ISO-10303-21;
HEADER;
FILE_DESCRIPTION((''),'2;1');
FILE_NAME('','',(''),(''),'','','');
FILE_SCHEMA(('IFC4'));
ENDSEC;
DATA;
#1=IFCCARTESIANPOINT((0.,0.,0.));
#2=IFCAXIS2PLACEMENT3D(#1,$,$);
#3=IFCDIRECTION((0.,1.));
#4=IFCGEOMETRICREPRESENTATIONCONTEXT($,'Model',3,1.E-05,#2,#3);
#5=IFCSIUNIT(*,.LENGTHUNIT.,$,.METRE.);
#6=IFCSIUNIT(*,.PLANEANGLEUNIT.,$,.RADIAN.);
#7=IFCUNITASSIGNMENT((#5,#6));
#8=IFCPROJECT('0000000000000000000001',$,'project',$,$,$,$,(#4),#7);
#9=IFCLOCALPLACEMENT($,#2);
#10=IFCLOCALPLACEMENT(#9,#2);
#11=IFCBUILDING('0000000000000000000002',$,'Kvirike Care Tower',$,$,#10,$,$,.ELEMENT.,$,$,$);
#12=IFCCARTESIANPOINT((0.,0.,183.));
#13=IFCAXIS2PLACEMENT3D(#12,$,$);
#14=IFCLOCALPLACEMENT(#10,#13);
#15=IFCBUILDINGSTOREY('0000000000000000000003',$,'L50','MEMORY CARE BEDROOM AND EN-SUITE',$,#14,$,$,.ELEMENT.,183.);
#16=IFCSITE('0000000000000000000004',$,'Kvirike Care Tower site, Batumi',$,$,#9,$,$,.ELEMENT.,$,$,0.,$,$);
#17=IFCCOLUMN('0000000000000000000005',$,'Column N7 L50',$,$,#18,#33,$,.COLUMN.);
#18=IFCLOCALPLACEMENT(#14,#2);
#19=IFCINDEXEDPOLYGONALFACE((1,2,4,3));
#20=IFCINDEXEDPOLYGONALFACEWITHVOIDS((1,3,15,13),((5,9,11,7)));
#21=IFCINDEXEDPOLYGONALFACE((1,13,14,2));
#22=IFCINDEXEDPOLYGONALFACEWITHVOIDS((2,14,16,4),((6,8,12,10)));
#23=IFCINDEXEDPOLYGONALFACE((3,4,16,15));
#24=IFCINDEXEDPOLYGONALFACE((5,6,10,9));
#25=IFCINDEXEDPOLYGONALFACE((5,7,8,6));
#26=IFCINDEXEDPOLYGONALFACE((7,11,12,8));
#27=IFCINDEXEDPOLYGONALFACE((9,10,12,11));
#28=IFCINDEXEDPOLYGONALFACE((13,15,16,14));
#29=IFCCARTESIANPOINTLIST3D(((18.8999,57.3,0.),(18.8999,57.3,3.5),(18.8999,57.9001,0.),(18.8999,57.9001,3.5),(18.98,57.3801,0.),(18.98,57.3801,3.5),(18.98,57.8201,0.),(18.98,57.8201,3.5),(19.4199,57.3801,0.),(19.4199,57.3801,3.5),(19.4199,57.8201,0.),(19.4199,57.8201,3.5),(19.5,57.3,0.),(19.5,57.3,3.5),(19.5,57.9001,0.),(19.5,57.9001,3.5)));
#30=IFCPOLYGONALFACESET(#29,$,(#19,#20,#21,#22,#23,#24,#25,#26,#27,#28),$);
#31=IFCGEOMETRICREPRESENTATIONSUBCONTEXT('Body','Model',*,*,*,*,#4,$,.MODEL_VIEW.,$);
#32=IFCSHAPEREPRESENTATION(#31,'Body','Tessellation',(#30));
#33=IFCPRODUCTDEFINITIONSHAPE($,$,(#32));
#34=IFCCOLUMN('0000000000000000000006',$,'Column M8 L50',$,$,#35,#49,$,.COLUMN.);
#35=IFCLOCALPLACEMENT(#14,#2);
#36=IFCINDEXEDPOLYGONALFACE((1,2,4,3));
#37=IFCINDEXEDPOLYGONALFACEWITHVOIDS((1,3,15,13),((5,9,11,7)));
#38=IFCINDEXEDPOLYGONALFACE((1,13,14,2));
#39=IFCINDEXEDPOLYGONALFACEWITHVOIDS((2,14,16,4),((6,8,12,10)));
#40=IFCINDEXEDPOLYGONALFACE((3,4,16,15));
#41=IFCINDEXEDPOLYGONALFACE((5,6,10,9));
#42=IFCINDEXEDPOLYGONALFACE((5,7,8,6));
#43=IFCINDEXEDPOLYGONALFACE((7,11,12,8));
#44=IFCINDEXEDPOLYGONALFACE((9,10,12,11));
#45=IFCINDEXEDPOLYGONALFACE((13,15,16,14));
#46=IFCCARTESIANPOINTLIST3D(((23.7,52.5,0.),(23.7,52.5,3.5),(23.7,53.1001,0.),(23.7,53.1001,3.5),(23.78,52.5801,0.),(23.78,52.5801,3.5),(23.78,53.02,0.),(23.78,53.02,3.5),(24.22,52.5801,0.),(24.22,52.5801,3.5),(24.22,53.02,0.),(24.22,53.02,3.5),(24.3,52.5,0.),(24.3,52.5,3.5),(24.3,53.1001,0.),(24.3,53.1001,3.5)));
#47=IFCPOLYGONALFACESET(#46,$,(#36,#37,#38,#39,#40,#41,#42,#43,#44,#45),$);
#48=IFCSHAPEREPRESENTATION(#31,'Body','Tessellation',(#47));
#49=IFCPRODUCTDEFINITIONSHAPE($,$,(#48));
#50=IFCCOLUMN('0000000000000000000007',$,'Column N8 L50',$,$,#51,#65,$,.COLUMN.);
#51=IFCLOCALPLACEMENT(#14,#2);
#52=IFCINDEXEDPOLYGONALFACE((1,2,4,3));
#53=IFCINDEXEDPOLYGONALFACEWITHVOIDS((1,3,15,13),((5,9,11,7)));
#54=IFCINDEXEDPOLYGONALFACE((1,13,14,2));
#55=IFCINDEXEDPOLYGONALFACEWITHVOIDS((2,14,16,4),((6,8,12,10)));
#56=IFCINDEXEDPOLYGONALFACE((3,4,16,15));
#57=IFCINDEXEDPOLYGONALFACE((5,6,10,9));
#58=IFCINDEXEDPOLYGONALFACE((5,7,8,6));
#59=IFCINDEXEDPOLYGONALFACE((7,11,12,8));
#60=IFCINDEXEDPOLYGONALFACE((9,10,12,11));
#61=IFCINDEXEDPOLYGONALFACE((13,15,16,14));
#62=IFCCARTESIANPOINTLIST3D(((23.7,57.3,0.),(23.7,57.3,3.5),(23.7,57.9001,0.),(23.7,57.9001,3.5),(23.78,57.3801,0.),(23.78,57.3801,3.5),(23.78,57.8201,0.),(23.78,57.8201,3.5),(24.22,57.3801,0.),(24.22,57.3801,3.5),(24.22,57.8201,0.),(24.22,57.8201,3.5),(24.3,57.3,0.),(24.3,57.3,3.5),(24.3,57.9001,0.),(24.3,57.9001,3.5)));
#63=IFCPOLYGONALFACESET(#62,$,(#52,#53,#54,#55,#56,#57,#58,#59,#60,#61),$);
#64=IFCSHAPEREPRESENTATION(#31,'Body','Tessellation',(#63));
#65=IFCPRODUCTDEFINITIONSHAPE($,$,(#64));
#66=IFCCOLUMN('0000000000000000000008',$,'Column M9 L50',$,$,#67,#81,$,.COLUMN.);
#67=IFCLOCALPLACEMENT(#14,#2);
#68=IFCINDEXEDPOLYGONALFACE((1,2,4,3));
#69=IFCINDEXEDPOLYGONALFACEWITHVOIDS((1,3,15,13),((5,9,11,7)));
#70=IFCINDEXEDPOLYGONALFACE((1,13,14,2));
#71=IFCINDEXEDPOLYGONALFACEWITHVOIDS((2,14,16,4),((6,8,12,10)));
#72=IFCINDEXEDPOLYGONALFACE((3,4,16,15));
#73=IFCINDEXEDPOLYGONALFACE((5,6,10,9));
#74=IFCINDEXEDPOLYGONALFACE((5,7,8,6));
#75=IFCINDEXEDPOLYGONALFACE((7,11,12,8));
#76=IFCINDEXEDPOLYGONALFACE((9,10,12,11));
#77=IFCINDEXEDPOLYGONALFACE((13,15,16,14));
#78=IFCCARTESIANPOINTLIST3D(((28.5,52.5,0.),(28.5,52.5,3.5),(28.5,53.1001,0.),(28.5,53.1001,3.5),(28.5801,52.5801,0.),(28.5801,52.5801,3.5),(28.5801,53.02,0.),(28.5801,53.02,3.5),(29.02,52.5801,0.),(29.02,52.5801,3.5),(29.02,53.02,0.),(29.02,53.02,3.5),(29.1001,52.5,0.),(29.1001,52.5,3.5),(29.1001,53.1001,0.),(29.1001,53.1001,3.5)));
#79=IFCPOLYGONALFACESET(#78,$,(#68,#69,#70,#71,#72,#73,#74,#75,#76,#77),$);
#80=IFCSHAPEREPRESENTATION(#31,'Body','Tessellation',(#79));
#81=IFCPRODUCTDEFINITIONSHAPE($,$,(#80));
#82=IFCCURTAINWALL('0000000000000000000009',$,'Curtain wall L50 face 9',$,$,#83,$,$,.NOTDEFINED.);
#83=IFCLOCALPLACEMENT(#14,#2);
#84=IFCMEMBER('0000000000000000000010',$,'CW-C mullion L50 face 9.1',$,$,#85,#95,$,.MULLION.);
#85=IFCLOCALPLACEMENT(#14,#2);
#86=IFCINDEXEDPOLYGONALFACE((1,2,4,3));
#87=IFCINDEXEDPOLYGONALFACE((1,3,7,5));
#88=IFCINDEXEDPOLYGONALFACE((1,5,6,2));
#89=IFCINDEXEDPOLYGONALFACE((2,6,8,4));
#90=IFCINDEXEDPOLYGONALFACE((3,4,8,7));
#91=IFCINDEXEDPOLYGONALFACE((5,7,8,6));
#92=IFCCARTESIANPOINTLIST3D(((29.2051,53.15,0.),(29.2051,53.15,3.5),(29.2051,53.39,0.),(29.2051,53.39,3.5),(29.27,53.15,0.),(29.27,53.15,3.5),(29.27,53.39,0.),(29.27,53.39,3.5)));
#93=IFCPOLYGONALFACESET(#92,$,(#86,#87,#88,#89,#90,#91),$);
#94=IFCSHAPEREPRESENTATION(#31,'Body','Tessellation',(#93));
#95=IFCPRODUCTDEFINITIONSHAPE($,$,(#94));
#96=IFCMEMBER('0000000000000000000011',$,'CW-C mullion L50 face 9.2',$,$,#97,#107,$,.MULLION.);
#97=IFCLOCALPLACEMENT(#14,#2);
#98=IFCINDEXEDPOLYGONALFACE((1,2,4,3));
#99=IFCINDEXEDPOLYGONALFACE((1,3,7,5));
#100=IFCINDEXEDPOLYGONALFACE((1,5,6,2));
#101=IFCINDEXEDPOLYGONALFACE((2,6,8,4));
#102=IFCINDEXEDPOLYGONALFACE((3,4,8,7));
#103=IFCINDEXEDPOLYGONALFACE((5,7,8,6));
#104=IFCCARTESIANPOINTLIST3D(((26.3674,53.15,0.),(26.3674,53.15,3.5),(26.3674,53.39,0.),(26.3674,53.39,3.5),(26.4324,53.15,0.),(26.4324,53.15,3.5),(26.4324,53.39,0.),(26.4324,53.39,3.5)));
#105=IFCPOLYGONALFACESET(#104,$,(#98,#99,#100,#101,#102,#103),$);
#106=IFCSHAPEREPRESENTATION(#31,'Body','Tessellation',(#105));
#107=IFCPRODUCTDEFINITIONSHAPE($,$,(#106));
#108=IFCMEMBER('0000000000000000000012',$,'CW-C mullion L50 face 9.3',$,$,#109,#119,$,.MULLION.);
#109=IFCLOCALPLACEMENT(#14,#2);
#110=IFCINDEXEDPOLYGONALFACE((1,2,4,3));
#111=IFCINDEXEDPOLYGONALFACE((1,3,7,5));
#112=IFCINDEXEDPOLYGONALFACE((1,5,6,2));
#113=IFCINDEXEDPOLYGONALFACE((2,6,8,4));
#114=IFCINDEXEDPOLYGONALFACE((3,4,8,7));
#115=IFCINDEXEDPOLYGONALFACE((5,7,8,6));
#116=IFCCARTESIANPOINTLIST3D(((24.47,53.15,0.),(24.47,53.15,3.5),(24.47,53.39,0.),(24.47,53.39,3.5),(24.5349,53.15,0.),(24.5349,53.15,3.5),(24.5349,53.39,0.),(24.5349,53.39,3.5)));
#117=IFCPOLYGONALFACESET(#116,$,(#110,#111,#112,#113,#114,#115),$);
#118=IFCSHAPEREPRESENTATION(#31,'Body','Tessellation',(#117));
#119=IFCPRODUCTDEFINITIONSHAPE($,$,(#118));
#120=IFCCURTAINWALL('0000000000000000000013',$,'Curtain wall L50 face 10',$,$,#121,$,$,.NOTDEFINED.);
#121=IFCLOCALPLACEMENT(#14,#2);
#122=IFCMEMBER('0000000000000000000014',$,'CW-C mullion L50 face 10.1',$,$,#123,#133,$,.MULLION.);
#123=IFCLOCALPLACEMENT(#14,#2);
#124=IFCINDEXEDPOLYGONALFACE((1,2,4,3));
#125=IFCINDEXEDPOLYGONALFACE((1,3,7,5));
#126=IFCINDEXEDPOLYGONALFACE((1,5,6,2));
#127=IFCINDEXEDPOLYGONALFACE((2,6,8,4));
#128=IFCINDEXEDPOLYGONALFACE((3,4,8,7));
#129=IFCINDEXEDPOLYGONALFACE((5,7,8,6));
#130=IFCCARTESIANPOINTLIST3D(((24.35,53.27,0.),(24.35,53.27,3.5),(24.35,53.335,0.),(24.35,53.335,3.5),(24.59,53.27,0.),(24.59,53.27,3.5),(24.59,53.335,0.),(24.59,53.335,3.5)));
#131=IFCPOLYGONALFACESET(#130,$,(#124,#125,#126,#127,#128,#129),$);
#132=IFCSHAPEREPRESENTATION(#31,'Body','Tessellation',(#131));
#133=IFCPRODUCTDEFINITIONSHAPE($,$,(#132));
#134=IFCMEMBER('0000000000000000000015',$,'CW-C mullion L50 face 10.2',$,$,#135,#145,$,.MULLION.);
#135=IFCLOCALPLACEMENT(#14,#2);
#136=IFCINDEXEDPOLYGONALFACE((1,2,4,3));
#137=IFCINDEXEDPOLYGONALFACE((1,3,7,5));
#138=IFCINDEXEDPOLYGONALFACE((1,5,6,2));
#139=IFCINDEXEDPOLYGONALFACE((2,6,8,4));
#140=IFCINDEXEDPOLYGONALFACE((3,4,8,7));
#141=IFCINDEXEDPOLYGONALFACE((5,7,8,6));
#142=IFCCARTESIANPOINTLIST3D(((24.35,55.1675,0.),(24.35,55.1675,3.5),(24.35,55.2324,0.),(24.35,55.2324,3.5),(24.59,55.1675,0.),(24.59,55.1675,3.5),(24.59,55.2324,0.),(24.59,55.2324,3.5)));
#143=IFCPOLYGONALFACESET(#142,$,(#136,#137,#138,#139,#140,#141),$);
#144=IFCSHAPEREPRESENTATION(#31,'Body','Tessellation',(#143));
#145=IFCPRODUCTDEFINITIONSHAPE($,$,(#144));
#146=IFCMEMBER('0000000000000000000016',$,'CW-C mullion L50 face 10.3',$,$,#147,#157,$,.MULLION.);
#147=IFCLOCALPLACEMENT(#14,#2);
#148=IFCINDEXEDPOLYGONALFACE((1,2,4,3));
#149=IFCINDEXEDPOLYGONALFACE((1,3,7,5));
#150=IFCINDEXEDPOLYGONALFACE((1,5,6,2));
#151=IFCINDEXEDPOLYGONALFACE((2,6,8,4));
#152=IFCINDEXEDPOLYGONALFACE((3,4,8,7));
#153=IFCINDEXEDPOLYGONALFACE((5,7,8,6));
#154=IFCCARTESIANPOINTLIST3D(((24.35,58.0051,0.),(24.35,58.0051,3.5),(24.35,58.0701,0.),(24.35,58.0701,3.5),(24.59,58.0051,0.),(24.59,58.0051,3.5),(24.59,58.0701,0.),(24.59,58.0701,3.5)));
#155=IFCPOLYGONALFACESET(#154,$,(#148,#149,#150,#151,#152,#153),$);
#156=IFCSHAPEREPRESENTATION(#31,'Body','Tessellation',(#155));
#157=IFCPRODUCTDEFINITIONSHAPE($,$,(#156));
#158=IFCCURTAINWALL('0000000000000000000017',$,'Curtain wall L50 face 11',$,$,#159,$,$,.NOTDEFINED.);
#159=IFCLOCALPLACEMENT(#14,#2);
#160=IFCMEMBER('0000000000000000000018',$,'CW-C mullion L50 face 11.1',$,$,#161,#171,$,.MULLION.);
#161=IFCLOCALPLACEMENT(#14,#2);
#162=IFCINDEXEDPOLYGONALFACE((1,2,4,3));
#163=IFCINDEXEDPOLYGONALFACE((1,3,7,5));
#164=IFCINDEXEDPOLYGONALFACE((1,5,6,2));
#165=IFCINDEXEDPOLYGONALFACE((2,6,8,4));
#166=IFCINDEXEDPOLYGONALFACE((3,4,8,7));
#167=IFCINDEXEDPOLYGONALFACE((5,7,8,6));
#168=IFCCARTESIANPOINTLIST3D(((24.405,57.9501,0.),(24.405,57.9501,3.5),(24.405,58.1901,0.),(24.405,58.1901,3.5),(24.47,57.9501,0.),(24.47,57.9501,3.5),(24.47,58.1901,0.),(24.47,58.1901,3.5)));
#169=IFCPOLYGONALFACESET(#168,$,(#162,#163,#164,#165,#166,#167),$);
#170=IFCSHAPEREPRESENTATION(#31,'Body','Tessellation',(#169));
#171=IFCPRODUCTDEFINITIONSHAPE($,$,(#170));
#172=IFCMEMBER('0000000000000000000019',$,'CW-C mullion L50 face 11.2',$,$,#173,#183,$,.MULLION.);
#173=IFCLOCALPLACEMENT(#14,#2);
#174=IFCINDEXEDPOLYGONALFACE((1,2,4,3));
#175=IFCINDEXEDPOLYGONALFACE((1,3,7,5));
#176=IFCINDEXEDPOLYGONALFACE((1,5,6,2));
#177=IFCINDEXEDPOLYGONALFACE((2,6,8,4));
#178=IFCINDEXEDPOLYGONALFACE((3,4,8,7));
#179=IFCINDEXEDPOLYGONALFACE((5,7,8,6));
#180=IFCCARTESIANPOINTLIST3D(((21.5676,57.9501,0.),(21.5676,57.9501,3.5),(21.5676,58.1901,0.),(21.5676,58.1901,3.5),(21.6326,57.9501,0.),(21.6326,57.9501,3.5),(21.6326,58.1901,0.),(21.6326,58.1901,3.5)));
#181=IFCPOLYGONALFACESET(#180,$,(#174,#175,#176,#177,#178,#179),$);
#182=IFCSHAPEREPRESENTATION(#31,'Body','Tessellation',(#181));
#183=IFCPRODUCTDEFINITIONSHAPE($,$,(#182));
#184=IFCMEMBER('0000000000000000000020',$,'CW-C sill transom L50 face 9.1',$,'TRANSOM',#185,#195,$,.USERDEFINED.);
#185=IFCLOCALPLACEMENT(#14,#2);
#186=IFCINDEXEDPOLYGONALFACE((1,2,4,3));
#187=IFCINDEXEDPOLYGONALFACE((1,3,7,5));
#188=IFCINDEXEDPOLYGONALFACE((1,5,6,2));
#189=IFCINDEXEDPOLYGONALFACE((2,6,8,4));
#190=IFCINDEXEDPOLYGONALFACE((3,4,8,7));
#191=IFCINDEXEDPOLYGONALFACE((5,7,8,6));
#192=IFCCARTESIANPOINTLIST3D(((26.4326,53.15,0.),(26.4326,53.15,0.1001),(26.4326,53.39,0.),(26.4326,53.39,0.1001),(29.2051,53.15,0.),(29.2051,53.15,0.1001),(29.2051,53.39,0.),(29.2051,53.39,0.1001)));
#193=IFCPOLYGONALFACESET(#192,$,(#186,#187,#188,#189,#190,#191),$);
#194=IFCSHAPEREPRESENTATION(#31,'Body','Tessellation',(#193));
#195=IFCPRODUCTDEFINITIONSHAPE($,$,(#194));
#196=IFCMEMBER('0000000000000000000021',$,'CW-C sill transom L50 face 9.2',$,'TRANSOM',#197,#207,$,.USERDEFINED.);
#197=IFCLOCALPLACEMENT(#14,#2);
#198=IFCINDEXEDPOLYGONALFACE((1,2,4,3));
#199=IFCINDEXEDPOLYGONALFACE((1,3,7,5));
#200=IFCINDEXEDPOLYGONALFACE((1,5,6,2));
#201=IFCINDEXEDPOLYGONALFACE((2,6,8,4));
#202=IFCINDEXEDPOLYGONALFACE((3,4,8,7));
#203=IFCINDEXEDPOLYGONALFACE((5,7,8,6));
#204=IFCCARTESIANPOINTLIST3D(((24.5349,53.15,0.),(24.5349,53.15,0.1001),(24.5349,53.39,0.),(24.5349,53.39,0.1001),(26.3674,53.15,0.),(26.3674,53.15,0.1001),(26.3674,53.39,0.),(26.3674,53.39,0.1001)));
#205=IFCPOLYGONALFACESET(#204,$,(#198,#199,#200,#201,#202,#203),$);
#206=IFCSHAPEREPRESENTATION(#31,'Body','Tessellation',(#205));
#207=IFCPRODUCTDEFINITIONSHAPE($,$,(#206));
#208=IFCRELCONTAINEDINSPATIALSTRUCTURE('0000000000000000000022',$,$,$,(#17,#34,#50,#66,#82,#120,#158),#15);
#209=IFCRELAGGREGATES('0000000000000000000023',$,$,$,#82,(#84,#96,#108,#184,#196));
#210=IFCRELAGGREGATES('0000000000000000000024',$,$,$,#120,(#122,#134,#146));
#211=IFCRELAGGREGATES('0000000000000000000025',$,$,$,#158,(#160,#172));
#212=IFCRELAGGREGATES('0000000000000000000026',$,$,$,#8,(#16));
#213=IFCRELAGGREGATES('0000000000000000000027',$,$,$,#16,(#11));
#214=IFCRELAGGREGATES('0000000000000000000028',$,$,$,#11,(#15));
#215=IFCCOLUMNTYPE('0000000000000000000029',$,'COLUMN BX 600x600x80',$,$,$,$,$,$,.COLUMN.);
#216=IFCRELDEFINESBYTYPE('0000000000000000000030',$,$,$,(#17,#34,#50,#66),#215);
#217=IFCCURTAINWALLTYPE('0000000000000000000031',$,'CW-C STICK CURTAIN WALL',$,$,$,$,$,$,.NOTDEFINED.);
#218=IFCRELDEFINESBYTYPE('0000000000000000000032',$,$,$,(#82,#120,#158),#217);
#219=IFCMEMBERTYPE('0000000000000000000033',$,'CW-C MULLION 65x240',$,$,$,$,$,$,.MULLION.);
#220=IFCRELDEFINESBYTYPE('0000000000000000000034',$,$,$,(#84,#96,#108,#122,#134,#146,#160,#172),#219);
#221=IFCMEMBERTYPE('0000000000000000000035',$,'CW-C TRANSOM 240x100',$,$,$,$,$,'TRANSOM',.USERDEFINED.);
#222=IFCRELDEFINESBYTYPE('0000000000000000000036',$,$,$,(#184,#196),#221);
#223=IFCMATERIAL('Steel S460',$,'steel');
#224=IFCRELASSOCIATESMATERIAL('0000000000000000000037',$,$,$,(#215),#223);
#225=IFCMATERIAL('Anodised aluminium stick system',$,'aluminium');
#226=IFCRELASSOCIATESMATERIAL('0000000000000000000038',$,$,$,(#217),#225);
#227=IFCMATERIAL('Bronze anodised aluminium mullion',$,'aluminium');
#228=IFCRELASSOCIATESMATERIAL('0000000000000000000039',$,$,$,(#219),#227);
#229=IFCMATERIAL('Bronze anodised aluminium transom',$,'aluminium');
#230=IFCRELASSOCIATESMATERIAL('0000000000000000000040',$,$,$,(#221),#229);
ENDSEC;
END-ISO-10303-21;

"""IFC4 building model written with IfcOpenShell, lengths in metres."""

from ifc_helpers import new_model, si_unit, direction, frame, origin, origin_2d, place, context, subcontext, project, spatial, rectangle, hollow_rectangle, extrude, material, material_profile, profile_set, type_object, element, aggregate, save


model = new_model("IFC4")

# Units and contexts
model_context = context("Model", 3, precision=1e-05, world=origin(), true_north=direction((0.0, 1.0)))
body_context = subcontext(model_context, "Body", "Model", "MODEL_VIEW")
ifc_project = project(units=[si_unit("LENGTHUNIT", "METRE"), si_unit("PLANEANGLEUNIT", "RADIAN")], contexts=[model_context])

# Site, building, storey
site_placement = place(None, origin())
site = spatial("IfcSite", under=ifc_project, at=site_placement, Name="Kvirike Care Tower site, Batumi", CompositionType="ELEMENT", RefElevation=0.0)
building_placement = place(site_placement, origin())
building = spatial("IfcBuilding", under=site, at=building_placement, Name="Kvirike Care Tower", CompositionType="ELEMENT")
storey_placement = place(building_placement, frame((0.0, 0.0, 183.0)))
storey = spatial("IfcBuildingStorey", under=building, at=storey_placement, Name="L50", Description="MEMORY CARE BEDROOM AND EN-SUITE", CompositionType="ELEMENT", Elevation=183.0)

# Columns
ifc_material_1 = material(Name="Steel S460", Category="steel")
ifc_material_profile_1 = material_profile(ifc_material_1, hollow_rectangle(XDim=0.6001, YDim=0.6001, WallThickness=0.0801, at=origin_2d()), Name="BX 600x600x80")
ifc_profile_set_1 = profile_set([ifc_material_profile_1], Name="Steel S460")
column_type = type_object("IfcColumnType", Name="COLUMN BX 600x600x80", PredefinedType="COLUMN", material=ifc_profile_set_1)
for number, where, z_axis, x_axis, name in (
    (1, (19.2, 57.6001, 0.0), (0.0, 0.0, 1.0), (0.0, 1.0, 0.0), "Column N7 L50"),
    (2, (24.0, 52.8, 0.0), (0.0, 0.0, 1.0), (0.0, 1.0, 0.0), "Column M8 L50"),
    (3, (24.0, 57.6001, 0.0), (0.0, 0.0, 1.0), (0.0, 1.0, 0.0), "Column N8 L50"),
    (4, (28.8, 52.8, 0.0), (0.0, 0.0, 1.0), (0.0, 1.0, 0.0), "Column M9 L50"),
):
    element("IfcColumn", number, at=place(storey_placement, frame(where, z_axis=z_axis, x_axis=x_axis)), inside=storey, type_object=column_type, Name=name, PredefinedType="COLUMN", context=body_context, shape_type="SweptSolid", body=[
        extrude(hollow_rectangle(XDim=0.6001, YDim=0.6001, WallThickness=0.0801, at=origin_2d()), origin(), (0.0, 0.0, 1.0), 3.5),
    ])

# Curtain walls, members
ifc_material_2 = material(Name="Anodised aluminium stick system", Category="aluminium")
curtain_wall_type = type_object("IfcCurtainWallType", Name="CW-C STICK CURTAIN WALL", PredefinedType="NOTDEFINED", material=ifc_material_2)
curtain_wall_1_placement = place(storey_placement, origin())
curtain_wall_1 = element("IfcCurtainWall", 5, at=curtain_wall_1_placement, inside=storey, type_object=curtain_wall_type, Name="Curtain wall L50 face 9", PredefinedType="NOTDEFINED")
ifc_material_3 = material(Name="Bronze anodised aluminium mullion", Category="aluminium")
ifc_material_profile_2 = material_profile(ifc_material_3, rectangle(XDim=0.0649, YDim=0.24, at=origin_2d()), Name="CW-C MULLION 65x240")
ifc_profile_set_2 = profile_set([ifc_material_profile_2], Name="Bronze anodised aluminium mullion")
member_type_1 = type_object("IfcMemberType", Name="CW-C MULLION 65x240", PredefinedType="MULLION", material=ifc_profile_set_2)
member_1_placement = place(storey_placement, frame((29.2375, 53.27, 0.0), z_axis=(0.0, 0.0, 1.0), x_axis=(-1.0, 0.0, 0.0)))
member_1 = element("IfcMember", 6, at=member_1_placement, type_object=member_type_1, Name="CW-C mullion L50 face 9.1", PredefinedType="MULLION", context=body_context, shape_type="SweptSolid", body=[
    extrude(rectangle(XDim=0.0649, YDim=0.24, at=origin_2d()), origin(), (0.0, 0.0, 1.0), 3.5),
])
member_2_placement = place(storey_placement, frame((26.3999, 53.27, 0.0), z_axis=(0.0, 0.0, 1.0), x_axis=(-1.0, 0.0, 0.0)))
member_2 = element("IfcMember", 7, at=member_2_placement, type_object=member_type_1, Name="CW-C mullion L50 face 9.2", PredefinedType="MULLION", context=body_context, shape_type="SweptSolid", body=[
    extrude(rectangle(XDim=0.0649, YDim=0.24, at=origin_2d()), origin(), (0.0, 0.0, 1.0), 3.5),
])
member_3_placement = place(storey_placement, frame((24.5024, 53.27, 0.0), z_axis=(0.0, 0.0, 1.0), x_axis=(-1.0, 0.0, 0.0)))
member_3 = element("IfcMember", 8, at=member_3_placement, type_object=member_type_1, Name="CW-C mullion L50 face 9.3", PredefinedType="MULLION", context=body_context, shape_type="SweptSolid", body=[
    extrude(rectangle(XDim=0.0649, YDim=0.24, at=origin_2d()), origin(), (0.0, 0.0, 1.0), 3.5),
])
curtain_wall_2_placement = place(storey_placement, origin())
curtain_wall_2 = element("IfcCurtainWall", 9, at=curtain_wall_2_placement, inside=storey, type_object=curtain_wall_type, Name="Curtain wall L50 face 10", PredefinedType="NOTDEFINED")
member_4_placement = place(storey_placement, frame((24.47, 53.3025, 0.0), z_axis=(0.0, 0.0, 1.0), x_axis=(0.0, 1.0, 0.0)))
member_4 = element("IfcMember", 10, at=member_4_placement, type_object=member_type_1, Name="CW-C mullion L50 face 10.1", PredefinedType="MULLION", context=body_context, shape_type="SweptSolid", body=[
    extrude(rectangle(XDim=0.0649, YDim=0.24, at=origin_2d()), origin(), (0.0, 0.0, 1.0), 3.5),
])
member_5_placement = place(storey_placement, frame((24.47, 55.2, 0.0), z_axis=(0.0, 0.0, 1.0), x_axis=(0.0, 1.0, 0.0)))
member_5 = element("IfcMember", 11, at=member_5_placement, type_object=member_type_1, Name="CW-C mullion L50 face 10.2", PredefinedType="MULLION", context=body_context, shape_type="SweptSolid", body=[
    extrude(rectangle(XDim=0.0649, YDim=0.24, at=origin_2d()), origin(), (0.0, 0.0, 1.0), 3.5),
])
member_6_placement = place(storey_placement, frame((24.47, 58.0376, 0.0), z_axis=(0.0, 0.0, 1.0), x_axis=(0.0, 1.0, 0.0)))
member_6 = element("IfcMember", 12, at=member_6_placement, type_object=member_type_1, Name="CW-C mullion L50 face 10.3", PredefinedType="MULLION", context=body_context, shape_type="SweptSolid", body=[
    extrude(rectangle(XDim=0.0649, YDim=0.24, at=origin_2d()), origin(), (0.0, 0.0, 1.0), 3.5),
])
curtain_wall_3_placement = place(storey_placement, origin())
curtain_wall_3 = element("IfcCurtainWall", 13, at=curtain_wall_3_placement, inside=storey, type_object=curtain_wall_type, Name="Curtain wall L50 face 11", PredefinedType="NOTDEFINED")
member_7_placement = place(storey_placement, frame((24.4375, 58.0701, 0.0), z_axis=(0.0, 0.0, 1.0), x_axis=(-1.0, 0.0, 0.0)))
member_7 = element("IfcMember", 14, at=member_7_placement, type_object=member_type_1, Name="CW-C mullion L50 face 11.1", PredefinedType="MULLION", context=body_context, shape_type="SweptSolid", body=[
    extrude(rectangle(XDim=0.0649, YDim=0.24, at=origin_2d()), origin(), (0.0, 0.0, 1.0), 3.5),
])
member_8_placement = place(storey_placement, frame((21.6001, 58.0701, 0.0), z_axis=(0.0, 0.0, 1.0), x_axis=(-1.0, 0.0, 0.0)))
member_8 = element("IfcMember", 15, at=member_8_placement, type_object=member_type_1, Name="CW-C mullion L50 face 11.2", PredefinedType="MULLION", context=body_context, shape_type="SweptSolid", body=[
    extrude(rectangle(XDim=0.0649, YDim=0.24, at=origin_2d()), origin(), (0.0, 0.0, 1.0), 3.5),
])

# Members
ifc_material_4 = material(Name="Bronze anodised aluminium transom", Category="aluminium")
ifc_material_profile_3 = material_profile(ifc_material_4, rectangle(XDim=0.24, YDim=0.1001, at=origin_2d()), Name="CW-C TRANSOM 240x100")
ifc_profile_set_3 = profile_set([ifc_material_profile_3], Name="Bronze anodised aluminium transom")
member_type_2 = type_object("IfcMemberType", Name="CW-C TRANSOM 240x100", ElementType="TRANSOM", PredefinedType="USERDEFINED", material=ifc_profile_set_3)
member_9_placement = place(storey_placement, frame((29.2051, 53.27, 0.05), z_axis=(-1.0, 0.0, 0.0), x_axis=(0.0, -1.0, 0.0)))
member_9 = element("IfcMember", 16, at=member_9_placement, type_object=member_type_2, Name="CW-C sill transom L50 face 9.1", ObjectType="TRANSOM", PredefinedType="USERDEFINED", context=body_context, shape_type="SweptSolid", body=[
    extrude(rectangle(XDim=0.24, YDim=0.1001, at=origin_2d()), origin(), (0.0, 0.0, 1.0), 2.7725),
])
member_10_placement = place(storey_placement, frame((26.3674, 53.27, 0.05), z_axis=(-1.0, 0.0, 0.0), x_axis=(0.0, -1.0, 0.0)))
member_10 = element("IfcMember", 17, at=member_10_placement, type_object=member_type_2, Name="CW-C sill transom L50 face 9.2", ObjectType="TRANSOM", PredefinedType="USERDEFINED", context=body_context, shape_type="SweptSolid", body=[
    extrude(rectangle(XDim=0.24, YDim=0.1001, at=origin_2d()), origin(), (0.0, 0.0, 1.0), 1.8325),
])

aggregate(curtain_wall_1, [member_1, member_2, member_3, member_9, member_10])
aggregate(curtain_wall_2, [member_4, member_5, member_6])
aggregate(curtain_wall_3, [member_7, member_8])

save(model, "model.ifc")
